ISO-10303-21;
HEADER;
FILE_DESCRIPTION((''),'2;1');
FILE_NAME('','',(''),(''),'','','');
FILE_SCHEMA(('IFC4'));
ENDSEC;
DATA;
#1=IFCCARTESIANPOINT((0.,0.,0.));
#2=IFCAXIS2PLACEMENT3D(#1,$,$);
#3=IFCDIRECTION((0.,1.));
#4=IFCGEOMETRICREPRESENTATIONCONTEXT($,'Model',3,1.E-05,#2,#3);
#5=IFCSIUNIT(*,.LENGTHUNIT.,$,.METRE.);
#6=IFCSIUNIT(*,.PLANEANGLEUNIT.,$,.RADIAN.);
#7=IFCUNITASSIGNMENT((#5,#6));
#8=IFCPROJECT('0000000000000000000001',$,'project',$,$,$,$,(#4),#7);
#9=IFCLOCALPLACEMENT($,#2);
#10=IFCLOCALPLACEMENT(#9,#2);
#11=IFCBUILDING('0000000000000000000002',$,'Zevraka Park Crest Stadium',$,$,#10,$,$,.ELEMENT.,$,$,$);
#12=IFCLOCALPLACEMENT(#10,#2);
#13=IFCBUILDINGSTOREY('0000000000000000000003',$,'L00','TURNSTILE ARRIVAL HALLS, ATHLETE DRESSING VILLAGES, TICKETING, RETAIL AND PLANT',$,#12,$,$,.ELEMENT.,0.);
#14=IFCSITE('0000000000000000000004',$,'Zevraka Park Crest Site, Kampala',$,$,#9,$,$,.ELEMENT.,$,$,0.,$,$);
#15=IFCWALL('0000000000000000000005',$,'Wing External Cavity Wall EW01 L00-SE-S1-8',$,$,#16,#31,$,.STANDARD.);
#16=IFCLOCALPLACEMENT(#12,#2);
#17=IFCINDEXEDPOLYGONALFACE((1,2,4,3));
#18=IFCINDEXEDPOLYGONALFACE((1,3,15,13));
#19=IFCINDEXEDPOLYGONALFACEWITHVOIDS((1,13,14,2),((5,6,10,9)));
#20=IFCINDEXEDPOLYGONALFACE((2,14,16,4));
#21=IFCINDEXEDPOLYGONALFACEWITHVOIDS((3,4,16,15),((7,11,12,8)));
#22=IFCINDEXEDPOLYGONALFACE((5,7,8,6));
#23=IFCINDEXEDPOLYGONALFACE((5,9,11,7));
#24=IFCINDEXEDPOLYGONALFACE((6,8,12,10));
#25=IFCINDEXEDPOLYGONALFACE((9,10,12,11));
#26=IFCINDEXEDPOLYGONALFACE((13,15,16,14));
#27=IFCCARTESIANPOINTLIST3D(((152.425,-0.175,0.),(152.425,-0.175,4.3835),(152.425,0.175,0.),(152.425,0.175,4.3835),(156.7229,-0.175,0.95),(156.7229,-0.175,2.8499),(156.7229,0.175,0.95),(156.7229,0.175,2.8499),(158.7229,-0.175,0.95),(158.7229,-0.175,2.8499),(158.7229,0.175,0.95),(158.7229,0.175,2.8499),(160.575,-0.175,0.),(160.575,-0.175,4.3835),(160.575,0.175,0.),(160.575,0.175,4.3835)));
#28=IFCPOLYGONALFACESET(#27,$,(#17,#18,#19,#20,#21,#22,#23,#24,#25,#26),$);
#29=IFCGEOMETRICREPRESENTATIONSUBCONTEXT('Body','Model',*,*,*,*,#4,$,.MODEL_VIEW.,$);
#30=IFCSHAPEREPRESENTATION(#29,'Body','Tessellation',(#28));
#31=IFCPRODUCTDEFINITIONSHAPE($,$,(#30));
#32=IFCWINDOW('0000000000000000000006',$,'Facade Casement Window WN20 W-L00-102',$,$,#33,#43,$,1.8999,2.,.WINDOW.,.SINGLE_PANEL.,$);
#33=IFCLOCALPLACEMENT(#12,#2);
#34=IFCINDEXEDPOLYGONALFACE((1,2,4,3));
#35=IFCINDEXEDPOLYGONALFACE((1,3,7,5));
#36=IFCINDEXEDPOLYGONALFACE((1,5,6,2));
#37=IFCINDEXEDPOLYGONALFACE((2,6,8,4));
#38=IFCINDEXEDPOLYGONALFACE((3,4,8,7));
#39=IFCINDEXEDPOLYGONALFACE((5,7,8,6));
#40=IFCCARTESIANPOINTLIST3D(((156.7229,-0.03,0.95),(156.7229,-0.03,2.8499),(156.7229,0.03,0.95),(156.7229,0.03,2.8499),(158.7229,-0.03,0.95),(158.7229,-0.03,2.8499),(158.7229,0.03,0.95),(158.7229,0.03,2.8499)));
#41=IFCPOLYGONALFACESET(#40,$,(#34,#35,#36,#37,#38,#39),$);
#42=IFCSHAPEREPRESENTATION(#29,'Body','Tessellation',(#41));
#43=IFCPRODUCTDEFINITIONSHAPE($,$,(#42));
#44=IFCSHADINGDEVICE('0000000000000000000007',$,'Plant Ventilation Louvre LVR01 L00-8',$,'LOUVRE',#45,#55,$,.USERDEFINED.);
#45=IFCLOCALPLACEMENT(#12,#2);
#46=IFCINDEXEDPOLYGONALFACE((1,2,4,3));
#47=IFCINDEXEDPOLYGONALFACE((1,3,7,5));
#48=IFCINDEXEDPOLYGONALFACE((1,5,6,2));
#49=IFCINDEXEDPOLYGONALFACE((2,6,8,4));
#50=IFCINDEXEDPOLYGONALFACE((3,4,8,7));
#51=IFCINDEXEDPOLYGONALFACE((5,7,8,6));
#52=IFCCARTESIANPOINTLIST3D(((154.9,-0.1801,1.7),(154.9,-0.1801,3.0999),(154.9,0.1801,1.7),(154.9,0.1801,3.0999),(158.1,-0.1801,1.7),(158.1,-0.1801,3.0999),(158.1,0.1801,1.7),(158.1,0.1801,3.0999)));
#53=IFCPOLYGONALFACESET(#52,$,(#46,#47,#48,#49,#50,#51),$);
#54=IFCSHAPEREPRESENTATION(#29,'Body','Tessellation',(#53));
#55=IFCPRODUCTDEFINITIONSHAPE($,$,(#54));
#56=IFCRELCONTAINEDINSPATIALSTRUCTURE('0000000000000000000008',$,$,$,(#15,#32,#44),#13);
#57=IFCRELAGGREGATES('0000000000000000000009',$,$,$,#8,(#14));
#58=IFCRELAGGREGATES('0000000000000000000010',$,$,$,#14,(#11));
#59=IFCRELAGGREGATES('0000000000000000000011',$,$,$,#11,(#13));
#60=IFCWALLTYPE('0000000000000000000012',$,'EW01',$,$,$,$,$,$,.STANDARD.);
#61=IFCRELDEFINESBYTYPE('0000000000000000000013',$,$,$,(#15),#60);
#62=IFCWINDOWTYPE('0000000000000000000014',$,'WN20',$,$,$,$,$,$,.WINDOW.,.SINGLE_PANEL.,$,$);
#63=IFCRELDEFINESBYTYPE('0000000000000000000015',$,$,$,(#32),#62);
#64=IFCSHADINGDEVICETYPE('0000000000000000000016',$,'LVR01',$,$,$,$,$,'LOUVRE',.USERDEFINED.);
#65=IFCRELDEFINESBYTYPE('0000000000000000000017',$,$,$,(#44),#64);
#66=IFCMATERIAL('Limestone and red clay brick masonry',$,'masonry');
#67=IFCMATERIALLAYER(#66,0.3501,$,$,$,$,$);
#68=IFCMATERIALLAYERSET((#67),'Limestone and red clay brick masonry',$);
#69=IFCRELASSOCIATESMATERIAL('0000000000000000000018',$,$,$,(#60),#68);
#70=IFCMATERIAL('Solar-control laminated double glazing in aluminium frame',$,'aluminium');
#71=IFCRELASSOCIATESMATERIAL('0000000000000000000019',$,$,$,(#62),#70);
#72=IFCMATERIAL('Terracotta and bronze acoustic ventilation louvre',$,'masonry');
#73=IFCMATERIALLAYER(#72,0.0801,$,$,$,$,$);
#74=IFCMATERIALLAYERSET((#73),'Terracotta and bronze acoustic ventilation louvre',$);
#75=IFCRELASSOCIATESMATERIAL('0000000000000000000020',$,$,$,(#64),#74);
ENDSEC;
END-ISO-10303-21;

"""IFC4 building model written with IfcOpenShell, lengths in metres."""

from ifc_helpers import new_model, si_unit, direction, frame, frame_2d, origin, origin_2d, place, context, subcontext, project, spatial, rectangle, extrude, material, layer, layer_set, type_object, element, fill, save


model = new_model("IFC4")

# Units and contexts
model_context = context("Model", 3, precision=1e-05, world=origin(), true_north=direction((0.0, 1.0)))
body_context = subcontext(model_context, "Body", "Model", "MODEL_VIEW")
ifc_project = project(units=[si_unit("LENGTHUNIT", "METRE"), si_unit("PLANEANGLEUNIT", "RADIAN")], contexts=[model_context])

# Site, building, storey
site_placement = place(None, origin())
site = spatial("IfcSite", under=ifc_project, at=site_placement, Name="Zevraka Park Crest Site, Kampala", CompositionType="ELEMENT", RefElevation=0.0)
building_placement = place(site_placement, origin())
building = spatial("IfcBuilding", under=site, at=building_placement, Name="Zevraka Park Crest Stadium", CompositionType="ELEMENT")
storey_placement = place(building_placement, origin())
storey = spatial("IfcBuildingStorey", under=building, at=storey_placement, Name="L00", Description="TURNSTILE ARRIVAL HALLS, ATHLETE DRESSING VILLAGES, TICKETING, RETAIL AND PLANT", CompositionType="ELEMENT", Elevation=0.0)

# Wall, opening, window
ifc_material_1 = material(Name="Limestone and red clay brick masonry", Category="masonry")
ifc_layer_1 = layer(ifc_material_1, 0.3501)
ifc_layer_set_1 = layer_set([ifc_layer_1], Name="Limestone and red clay brick masonry")
wall_type = type_object("IfcWallType", Name="EW01", PredefinedType="STANDARD", material=ifc_layer_set_1)
wall_placement = place(storey_placement, frame((160.575, 0.0, 0.0), z_axis=(0.0, 0.0, 1.0), x_axis=(-1.0, 0.0, 0.0)))
wall = element("IfcWall", 1, at=wall_placement, inside=storey, type_object=wall_type, Name="Wing External Cavity Wall EW01 L00-SE-S1-8", PredefinedType="STANDARD", context=body_context, shape_type="SweptSolid", body=[
    extrude(rectangle(XDim=8.1499, YDim=0.3501, at=frame_2d((4.075, 0.0))), origin(), (0.0, 0.0, 1.0), 4.3835),
])
opening_placement = place(wall_placement, frame((1.8521, 0.0, 0.95)))
opening = element("IfcOpeningElement", 2, at=opening_placement, cuts=wall, PredefinedType="OPENING", context=body_context, shape_type="SweptSolid", body=[
    extrude(rectangle(XDim=2.0, YDim=1.8999, at=frame_2d((1.0, 0.95))), frame((0.0, 0.1851, 0.0), z_axis=(0.0, -1.0, 0.0), x_axis=(1.0, 0.0, 0.0)), (0.0, 0.0, 1.0), 0.3701),
])
ifc_material_2 = material(Name="Solar-control laminated double glazing in aluminium frame", Category="aluminium")
window_type = type_object("IfcWindowType", Name="WN20", PartitioningType="SINGLE_PANEL", PredefinedType="WINDOW", material=ifc_material_2)
window_placement = place(opening_placement, origin())
window = element("IfcWindow", 3, at=window_placement, inside=storey, type_object=window_type, Name="Facade Casement Window WN20 W-L00-102", OverallHeight=1.8999, OverallWidth=2.0, PartitioningType="SINGLE_PANEL", PredefinedType="WINDOW", context=body_context, shape_type="SweptSolid", body=[
    extrude(rectangle(XDim=2.0, YDim=1.8999, at=frame_2d((1.0, 0.95))), frame((0.0, 0.03, 0.0), z_axis=(0.0, -1.0, 0.0), x_axis=(1.0, 0.0, 0.0)), (0.0, 0.0, 1.0), 0.0601),
])
fill(opening, window)

# Shading device
ifc_material_3 = material(Name="Terracotta and bronze acoustic ventilation louvre", Category="masonry")
ifc_layer_2 = layer(ifc_material_3, 0.0801)
ifc_layer_set_2 = layer_set([ifc_layer_2], Name="Terracotta and bronze acoustic ventilation louvre")
shading_device_type = type_object("IfcShadingDeviceType", Name="LVR01", ElementType="LOUVRE", PredefinedType="USERDEFINED", material=ifc_layer_set_2)
shading_device_placement = place(storey_placement, frame((156.5, 0.0, 1.7), z_axis=(0.0, 0.0, 1.0), x_axis=(-1.0, 0.0, 0.0)))
element("IfcShadingDevice", 4, at=shading_device_placement, inside=storey, type_object=shading_device_type, Name="Plant Ventilation Louvre LVR01 L00-8", ObjectType="LOUVRE", PredefinedType="USERDEFINED", context=body_context, shape_type="SweptSolid", body=[
    extrude(rectangle(XDim=3.2, YDim=0.3601, at=origin_2d()), origin(), (0.0, 0.0, 1.0), 1.3999),
])

save(model, "model.ifc")
